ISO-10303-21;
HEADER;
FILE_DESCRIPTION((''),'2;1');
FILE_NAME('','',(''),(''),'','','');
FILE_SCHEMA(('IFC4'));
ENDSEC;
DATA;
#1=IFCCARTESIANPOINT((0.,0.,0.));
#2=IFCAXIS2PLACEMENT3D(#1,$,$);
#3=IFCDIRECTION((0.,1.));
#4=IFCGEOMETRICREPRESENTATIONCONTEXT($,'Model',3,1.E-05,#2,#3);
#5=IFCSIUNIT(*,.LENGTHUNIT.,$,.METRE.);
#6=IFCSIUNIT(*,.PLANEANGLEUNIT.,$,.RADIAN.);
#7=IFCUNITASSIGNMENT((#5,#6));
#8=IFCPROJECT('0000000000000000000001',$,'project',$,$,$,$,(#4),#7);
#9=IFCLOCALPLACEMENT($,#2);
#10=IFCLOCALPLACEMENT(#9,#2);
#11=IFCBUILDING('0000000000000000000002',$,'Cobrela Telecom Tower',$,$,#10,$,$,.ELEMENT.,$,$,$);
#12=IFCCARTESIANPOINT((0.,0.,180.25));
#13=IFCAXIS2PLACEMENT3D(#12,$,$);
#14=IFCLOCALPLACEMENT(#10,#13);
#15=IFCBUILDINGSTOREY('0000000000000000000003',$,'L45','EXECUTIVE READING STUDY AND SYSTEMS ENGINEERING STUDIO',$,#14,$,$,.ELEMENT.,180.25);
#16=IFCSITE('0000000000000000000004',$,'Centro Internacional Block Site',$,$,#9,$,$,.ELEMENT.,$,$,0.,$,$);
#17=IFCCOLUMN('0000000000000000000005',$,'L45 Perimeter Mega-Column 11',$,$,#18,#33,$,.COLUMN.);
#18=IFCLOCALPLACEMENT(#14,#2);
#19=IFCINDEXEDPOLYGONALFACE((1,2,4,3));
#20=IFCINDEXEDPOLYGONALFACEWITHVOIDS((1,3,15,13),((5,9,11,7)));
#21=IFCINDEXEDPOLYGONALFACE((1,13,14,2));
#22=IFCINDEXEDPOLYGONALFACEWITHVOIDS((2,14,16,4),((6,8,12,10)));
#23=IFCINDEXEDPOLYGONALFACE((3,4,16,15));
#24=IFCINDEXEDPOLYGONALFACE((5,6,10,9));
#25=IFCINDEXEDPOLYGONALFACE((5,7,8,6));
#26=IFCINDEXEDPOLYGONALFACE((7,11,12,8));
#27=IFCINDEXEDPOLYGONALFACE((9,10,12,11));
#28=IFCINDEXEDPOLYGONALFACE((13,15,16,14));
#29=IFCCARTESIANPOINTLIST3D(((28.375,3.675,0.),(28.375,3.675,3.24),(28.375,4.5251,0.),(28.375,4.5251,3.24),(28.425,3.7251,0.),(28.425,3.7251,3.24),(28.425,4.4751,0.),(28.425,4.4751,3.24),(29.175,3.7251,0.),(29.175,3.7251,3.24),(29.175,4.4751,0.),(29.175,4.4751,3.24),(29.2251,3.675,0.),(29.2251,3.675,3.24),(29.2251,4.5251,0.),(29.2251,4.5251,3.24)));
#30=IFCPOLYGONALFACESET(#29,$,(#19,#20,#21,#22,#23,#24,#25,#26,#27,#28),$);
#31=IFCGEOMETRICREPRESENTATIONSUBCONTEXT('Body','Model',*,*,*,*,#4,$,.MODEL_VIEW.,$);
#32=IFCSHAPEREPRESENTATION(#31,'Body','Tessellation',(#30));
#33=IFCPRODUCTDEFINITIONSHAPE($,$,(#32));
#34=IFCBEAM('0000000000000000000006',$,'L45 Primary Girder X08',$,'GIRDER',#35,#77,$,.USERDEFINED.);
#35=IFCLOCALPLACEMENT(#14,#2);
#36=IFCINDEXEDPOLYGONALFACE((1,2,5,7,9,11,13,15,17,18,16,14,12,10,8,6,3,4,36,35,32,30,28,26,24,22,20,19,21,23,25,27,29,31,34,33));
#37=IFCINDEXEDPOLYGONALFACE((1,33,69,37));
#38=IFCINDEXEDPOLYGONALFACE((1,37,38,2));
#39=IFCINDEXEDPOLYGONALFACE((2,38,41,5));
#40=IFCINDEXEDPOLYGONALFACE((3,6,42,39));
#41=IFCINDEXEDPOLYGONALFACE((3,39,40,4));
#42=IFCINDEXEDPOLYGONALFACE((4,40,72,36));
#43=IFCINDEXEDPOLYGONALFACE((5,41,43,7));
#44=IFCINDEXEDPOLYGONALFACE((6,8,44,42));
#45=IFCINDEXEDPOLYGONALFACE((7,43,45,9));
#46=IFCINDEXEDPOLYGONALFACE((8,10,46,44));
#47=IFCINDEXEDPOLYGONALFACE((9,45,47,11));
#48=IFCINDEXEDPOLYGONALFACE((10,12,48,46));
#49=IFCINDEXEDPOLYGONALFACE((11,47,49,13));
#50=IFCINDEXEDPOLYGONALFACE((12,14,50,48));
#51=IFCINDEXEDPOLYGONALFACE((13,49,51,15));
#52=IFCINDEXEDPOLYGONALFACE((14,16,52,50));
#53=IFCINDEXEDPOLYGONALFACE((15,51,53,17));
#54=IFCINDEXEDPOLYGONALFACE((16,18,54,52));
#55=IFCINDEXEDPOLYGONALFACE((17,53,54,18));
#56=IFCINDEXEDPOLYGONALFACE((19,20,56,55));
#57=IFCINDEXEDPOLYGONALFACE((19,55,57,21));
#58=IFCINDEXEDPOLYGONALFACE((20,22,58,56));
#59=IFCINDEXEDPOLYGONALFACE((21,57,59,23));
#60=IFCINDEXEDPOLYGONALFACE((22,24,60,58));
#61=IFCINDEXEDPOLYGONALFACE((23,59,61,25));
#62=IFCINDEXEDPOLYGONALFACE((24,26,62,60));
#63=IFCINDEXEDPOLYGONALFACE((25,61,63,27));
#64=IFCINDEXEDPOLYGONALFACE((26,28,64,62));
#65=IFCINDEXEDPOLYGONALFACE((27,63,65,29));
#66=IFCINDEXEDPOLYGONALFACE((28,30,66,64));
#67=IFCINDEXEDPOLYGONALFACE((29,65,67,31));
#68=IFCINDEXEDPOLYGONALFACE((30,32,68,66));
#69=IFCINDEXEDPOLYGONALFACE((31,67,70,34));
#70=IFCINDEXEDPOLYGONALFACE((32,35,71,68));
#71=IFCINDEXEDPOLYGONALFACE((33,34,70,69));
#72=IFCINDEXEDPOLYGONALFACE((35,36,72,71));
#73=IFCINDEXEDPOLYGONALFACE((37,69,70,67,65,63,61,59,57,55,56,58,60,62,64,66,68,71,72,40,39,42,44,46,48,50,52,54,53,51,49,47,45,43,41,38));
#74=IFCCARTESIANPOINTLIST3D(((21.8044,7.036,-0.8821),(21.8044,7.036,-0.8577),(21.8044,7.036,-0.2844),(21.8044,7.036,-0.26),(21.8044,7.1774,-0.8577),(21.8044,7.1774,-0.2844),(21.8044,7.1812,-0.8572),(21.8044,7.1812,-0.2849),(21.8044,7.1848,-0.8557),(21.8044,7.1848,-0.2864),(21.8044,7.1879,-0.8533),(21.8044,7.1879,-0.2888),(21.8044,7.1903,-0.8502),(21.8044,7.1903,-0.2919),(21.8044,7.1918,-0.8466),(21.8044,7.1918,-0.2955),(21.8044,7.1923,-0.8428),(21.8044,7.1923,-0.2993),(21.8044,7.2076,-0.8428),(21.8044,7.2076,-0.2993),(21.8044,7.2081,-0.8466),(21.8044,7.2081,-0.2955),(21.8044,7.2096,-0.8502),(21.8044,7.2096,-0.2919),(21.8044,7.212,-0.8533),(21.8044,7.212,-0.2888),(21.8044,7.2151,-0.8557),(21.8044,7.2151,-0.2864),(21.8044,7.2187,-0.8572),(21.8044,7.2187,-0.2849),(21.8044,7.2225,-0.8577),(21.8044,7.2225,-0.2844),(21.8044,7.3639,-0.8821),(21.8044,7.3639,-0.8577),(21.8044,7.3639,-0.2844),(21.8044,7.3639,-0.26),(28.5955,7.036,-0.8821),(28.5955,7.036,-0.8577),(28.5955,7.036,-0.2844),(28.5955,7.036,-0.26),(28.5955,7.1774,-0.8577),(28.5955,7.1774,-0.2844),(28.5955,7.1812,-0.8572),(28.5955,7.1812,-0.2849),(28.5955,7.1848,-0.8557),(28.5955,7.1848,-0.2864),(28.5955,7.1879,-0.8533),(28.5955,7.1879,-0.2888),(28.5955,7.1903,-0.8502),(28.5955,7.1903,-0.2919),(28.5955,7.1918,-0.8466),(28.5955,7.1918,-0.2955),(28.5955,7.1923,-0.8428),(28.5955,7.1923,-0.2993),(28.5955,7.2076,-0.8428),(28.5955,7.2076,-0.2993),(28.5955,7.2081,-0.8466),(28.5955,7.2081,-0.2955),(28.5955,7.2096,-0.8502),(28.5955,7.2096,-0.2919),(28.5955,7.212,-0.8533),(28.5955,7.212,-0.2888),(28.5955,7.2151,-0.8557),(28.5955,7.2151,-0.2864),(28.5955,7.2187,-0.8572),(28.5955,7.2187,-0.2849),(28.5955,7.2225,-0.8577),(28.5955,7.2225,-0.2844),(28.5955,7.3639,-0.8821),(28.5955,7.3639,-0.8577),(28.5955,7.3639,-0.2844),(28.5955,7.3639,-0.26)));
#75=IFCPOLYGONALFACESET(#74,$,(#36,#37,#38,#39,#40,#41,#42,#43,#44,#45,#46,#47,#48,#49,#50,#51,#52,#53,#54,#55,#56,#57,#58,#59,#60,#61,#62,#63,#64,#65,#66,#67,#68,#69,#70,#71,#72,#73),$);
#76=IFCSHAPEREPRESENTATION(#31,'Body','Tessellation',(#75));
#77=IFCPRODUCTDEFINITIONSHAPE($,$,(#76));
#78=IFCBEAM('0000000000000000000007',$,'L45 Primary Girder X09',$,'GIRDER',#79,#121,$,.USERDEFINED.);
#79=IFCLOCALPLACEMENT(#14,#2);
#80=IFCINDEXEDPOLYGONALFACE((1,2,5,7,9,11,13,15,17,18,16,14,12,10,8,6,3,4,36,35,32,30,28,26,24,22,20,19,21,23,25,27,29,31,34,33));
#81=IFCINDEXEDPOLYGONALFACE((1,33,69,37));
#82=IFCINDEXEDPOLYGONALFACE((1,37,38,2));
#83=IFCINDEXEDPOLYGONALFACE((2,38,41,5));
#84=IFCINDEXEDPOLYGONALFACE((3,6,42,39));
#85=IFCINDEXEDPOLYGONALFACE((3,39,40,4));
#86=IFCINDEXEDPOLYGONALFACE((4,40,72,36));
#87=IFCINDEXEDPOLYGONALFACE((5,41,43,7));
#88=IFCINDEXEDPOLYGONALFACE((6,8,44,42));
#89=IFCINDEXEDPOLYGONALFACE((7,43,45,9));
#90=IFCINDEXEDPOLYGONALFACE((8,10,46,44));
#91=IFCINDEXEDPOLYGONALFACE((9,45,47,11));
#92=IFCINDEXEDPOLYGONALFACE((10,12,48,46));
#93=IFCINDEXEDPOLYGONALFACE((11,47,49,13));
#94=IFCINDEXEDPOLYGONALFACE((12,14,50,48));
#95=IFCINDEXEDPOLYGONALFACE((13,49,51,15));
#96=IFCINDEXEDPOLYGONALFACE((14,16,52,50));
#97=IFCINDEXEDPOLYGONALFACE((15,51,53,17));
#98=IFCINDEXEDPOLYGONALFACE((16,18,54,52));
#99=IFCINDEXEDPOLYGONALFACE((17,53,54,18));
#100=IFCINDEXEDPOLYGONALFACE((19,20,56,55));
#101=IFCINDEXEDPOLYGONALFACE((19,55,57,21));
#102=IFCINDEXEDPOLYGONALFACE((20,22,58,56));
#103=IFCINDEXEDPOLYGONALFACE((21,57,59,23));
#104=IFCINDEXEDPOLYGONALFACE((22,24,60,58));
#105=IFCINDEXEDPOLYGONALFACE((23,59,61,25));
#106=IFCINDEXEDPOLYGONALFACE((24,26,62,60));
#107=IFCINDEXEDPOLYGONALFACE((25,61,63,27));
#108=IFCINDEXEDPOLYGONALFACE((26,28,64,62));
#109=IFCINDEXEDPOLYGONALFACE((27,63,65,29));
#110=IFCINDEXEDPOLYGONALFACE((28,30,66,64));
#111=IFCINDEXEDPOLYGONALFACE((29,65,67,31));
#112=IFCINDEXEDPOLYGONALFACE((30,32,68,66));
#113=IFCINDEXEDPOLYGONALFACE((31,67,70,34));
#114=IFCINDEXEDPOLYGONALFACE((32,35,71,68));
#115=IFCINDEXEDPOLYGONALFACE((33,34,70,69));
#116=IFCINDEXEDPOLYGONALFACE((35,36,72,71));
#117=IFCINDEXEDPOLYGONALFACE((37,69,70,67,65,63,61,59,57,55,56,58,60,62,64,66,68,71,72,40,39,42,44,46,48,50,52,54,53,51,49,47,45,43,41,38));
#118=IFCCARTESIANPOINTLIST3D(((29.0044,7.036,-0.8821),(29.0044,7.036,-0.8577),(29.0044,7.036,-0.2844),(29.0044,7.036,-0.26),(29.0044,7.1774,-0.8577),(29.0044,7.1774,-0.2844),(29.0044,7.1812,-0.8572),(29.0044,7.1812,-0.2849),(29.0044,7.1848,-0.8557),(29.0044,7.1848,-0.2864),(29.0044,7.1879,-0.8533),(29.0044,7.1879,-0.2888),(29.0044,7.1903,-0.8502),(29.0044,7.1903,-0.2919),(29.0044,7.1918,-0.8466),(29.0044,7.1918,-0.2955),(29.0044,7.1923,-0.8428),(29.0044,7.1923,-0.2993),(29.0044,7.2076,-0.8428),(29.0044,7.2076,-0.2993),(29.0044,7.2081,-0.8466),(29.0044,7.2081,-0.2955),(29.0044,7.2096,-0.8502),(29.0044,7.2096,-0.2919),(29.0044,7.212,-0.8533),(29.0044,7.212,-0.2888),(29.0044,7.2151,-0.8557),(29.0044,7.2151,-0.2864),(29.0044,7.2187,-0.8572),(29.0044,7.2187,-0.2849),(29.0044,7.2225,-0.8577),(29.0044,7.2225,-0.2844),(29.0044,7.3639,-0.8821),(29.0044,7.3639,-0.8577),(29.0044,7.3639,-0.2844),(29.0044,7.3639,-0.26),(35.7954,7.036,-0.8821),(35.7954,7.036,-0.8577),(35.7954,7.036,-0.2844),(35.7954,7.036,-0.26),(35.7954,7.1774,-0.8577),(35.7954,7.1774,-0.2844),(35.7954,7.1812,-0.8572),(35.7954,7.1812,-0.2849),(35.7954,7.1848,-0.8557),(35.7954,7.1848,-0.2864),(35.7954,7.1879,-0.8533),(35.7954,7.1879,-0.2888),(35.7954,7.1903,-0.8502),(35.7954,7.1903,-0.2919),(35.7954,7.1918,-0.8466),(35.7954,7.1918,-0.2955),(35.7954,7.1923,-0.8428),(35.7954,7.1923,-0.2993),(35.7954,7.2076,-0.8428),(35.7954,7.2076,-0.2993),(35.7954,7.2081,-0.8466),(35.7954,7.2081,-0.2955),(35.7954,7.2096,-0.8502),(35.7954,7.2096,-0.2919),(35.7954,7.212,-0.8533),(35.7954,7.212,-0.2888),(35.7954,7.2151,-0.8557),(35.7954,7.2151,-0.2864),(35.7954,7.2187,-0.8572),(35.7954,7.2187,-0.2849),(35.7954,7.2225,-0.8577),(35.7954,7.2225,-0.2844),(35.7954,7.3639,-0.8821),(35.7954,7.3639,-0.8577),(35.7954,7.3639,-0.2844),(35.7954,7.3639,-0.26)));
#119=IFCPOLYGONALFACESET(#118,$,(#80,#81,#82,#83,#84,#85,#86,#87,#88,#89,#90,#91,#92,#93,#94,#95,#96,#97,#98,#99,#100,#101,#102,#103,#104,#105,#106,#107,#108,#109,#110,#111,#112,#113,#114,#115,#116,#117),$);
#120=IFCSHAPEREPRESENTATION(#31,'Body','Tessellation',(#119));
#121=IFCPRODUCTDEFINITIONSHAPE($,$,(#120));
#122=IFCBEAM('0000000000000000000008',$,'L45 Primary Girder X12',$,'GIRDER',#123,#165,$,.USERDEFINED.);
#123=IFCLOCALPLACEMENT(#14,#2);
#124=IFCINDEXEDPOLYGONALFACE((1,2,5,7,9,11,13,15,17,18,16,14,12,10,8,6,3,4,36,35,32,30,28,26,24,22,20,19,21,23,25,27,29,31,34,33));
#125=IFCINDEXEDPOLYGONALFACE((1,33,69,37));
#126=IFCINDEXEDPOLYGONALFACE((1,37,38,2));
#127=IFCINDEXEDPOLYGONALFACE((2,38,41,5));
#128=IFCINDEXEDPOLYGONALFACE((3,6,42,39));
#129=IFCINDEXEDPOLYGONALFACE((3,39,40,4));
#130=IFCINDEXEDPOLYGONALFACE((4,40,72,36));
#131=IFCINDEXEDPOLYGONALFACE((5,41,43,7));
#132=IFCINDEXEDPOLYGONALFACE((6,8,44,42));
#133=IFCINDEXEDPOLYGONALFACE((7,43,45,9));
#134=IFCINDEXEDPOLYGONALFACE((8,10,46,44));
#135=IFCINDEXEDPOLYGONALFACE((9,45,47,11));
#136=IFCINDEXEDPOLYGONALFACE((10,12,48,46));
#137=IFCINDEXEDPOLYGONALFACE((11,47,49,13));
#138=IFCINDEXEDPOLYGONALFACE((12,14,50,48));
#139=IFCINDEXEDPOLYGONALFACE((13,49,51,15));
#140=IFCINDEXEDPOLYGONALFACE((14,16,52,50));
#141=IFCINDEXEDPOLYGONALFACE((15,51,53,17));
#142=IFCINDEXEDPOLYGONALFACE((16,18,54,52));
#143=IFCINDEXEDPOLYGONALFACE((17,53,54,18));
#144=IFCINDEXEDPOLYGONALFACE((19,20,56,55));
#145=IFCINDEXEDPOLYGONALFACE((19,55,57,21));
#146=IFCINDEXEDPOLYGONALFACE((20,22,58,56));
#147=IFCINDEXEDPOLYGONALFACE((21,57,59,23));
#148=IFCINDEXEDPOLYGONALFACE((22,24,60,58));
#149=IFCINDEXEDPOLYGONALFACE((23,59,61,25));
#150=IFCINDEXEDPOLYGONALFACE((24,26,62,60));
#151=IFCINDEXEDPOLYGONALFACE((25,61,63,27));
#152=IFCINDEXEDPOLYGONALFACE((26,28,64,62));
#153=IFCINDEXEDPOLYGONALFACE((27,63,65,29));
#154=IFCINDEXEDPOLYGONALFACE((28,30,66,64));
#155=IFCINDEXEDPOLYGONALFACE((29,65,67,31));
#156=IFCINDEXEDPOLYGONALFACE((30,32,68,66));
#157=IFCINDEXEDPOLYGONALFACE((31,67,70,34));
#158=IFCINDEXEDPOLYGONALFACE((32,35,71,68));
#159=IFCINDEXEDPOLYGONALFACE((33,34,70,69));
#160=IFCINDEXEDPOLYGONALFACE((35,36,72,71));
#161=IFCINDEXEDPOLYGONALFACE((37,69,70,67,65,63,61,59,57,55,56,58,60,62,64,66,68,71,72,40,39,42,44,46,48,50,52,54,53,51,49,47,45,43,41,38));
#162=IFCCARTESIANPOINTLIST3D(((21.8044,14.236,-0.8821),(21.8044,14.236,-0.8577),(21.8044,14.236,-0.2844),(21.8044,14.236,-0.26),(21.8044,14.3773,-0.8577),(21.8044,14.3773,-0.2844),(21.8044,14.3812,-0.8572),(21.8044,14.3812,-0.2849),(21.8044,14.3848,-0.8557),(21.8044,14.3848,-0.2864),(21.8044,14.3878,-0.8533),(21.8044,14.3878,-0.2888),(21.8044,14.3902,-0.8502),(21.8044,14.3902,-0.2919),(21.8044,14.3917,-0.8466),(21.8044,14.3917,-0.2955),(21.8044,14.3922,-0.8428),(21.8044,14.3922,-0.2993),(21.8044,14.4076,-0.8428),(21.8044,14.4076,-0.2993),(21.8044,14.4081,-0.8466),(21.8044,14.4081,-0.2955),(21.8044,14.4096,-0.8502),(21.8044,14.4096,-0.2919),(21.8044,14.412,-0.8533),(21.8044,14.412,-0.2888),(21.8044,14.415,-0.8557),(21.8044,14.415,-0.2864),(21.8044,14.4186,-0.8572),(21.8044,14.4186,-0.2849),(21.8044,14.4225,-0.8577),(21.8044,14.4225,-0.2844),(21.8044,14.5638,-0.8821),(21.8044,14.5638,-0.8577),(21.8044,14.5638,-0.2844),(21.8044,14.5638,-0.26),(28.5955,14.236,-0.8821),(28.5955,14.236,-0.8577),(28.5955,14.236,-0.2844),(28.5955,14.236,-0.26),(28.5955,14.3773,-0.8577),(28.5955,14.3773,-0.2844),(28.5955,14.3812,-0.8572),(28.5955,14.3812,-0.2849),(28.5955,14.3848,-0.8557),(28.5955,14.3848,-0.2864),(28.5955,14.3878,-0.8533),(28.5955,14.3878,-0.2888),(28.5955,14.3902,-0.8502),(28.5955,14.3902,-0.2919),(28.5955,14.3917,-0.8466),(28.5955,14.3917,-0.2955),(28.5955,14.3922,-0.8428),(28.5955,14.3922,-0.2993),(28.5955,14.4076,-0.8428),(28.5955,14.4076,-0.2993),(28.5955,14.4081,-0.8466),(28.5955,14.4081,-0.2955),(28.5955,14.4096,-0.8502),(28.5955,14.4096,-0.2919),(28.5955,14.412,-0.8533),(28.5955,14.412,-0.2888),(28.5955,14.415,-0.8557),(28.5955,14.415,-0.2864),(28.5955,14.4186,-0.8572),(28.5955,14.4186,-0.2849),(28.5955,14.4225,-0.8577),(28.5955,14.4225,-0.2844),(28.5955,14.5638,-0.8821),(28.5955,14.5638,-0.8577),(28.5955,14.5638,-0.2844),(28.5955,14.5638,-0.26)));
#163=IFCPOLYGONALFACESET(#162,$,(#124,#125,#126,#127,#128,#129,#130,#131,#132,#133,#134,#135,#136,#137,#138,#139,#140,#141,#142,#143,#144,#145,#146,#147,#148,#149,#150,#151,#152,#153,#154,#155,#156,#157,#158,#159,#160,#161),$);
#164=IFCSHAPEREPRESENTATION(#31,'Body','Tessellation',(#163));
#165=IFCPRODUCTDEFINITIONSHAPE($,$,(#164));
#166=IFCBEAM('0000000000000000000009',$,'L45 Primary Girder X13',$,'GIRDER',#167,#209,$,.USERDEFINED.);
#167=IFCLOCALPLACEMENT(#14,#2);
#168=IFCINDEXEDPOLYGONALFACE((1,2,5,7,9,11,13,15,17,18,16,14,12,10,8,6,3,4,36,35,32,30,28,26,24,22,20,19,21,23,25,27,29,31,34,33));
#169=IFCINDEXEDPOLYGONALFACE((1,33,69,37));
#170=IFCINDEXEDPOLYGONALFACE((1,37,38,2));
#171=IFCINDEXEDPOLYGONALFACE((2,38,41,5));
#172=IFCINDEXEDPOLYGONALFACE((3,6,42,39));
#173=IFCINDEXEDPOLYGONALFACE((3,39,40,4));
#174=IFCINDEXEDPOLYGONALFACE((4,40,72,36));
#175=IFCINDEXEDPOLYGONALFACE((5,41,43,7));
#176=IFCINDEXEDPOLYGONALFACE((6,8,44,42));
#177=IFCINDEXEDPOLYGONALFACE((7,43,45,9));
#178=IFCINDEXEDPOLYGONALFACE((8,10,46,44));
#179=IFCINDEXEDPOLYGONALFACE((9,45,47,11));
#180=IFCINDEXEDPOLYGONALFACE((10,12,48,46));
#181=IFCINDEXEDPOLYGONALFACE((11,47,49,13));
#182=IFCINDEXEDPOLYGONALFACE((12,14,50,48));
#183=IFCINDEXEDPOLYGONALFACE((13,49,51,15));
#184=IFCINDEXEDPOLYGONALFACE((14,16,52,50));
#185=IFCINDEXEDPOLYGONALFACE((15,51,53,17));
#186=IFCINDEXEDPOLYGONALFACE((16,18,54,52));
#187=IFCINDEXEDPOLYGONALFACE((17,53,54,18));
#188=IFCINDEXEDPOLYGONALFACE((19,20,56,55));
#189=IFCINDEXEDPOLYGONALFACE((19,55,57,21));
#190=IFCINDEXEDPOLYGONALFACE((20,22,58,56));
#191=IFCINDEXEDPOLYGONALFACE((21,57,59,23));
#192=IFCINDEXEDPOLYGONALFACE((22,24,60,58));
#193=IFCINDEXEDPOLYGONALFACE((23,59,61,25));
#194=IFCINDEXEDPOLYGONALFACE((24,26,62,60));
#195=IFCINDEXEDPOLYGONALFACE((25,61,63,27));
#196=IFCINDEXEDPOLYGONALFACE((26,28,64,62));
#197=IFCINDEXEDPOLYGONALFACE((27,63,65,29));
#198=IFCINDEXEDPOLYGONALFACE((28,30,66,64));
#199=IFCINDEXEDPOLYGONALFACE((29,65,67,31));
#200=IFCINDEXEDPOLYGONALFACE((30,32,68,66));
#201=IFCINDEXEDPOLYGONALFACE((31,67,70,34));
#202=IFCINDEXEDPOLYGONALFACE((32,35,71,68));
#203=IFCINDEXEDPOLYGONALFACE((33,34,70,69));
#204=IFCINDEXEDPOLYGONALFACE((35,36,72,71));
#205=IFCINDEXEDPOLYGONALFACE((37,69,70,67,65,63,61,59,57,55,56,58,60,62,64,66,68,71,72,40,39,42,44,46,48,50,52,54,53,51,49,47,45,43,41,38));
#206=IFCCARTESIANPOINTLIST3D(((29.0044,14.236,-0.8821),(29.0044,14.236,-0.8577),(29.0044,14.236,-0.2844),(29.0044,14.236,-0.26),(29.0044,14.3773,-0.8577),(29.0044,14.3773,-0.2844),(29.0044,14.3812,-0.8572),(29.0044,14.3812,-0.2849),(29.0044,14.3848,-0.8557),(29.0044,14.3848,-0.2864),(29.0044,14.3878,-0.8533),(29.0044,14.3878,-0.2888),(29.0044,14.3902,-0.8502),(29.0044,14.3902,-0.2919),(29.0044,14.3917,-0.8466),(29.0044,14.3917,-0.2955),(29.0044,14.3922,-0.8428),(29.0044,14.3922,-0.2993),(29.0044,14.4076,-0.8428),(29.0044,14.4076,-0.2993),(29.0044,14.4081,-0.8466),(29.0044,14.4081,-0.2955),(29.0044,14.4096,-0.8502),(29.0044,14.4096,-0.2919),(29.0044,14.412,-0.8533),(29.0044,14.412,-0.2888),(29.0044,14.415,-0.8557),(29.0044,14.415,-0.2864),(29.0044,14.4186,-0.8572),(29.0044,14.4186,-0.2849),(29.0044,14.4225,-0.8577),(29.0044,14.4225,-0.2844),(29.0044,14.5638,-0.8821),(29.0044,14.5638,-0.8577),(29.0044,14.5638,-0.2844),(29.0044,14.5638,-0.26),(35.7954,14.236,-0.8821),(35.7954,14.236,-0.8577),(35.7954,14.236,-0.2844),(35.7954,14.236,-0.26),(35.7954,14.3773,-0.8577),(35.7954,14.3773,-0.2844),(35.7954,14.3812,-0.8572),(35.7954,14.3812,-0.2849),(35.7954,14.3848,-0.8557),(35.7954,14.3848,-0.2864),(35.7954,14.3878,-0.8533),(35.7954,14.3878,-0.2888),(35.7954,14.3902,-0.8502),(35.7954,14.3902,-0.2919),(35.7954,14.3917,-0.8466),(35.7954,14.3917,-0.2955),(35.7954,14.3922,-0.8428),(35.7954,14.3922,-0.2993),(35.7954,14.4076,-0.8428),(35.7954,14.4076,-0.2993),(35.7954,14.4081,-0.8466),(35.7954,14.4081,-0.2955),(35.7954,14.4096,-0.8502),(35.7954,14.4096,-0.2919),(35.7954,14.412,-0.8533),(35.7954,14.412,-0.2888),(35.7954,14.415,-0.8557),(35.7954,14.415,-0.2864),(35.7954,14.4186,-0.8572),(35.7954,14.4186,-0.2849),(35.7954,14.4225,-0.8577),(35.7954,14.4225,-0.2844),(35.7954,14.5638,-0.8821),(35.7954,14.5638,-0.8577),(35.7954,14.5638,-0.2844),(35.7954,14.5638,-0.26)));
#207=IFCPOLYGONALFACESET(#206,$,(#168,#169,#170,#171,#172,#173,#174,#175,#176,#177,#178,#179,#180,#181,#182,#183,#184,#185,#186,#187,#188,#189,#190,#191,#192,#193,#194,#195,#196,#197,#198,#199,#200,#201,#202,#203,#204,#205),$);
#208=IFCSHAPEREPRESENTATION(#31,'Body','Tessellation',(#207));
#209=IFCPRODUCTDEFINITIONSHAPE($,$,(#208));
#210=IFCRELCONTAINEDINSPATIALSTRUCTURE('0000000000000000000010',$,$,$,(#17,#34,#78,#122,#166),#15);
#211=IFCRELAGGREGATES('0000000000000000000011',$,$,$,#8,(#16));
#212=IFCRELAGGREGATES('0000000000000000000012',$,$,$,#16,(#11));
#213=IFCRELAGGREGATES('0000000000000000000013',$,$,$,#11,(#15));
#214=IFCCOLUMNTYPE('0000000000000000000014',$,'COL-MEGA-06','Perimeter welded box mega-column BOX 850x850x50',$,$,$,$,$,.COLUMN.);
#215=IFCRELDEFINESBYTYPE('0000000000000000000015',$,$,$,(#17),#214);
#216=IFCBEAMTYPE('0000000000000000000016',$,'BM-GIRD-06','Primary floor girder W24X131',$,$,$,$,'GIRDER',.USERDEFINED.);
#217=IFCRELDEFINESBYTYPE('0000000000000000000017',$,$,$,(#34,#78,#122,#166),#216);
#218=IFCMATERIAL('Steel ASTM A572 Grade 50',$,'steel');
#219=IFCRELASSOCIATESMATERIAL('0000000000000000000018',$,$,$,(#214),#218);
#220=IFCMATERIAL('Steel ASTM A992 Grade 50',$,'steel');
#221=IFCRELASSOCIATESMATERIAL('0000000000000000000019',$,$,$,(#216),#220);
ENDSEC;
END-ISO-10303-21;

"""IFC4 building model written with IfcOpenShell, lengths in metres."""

from ifc_helpers import new_model, si_unit, direction, frame, origin, origin_2d, place, context, subcontext, project, spatial, hollow_rectangle, i_section, extrude, material, material_profile, profile_set, type_object, element, save


model = new_model("IFC4")

# Units and contexts
model_context = context("Model", 3, precision=1e-05, world=origin(), true_north=direction((0.0, 1.0)))
body_context = subcontext(model_context, "Body", "Model", "MODEL_VIEW")
ifc_project = project(units=[si_unit("LENGTHUNIT", "METRE"), si_unit("PLANEANGLEUNIT", "RADIAN")], contexts=[model_context])

# Site, building, storey
site_placement = place(None, origin())
site = spatial("IfcSite", under=ifc_project, at=site_placement, Name="Centro Internacional Block Site", CompositionType="ELEMENT", RefElevation=0.0)
building_placement = place(site_placement, origin())
building = spatial("IfcBuilding", under=site, at=building_placement, Name="Cobrela Telecom Tower", CompositionType="ELEMENT")
storey_placement = place(building_placement, frame((0.0, 0.0, 180.25)))
storey = spatial("IfcBuildingStorey", under=building, at=storey_placement, Name="L45", Description="EXECUTIVE READING STUDY AND SYSTEMS ENGINEERING STUDIO", CompositionType="ELEMENT", Elevation=180.25)

# Column
ifc_material_1 = material(Name="Steel ASTM A992 Grade 50", Category="steel")
ifc_material_2 = material(Name="Steel ASTM A572 Grade 50", Category="steel")
ifc_material_profile_1 = material_profile(ifc_material_2, hollow_rectangle(XDim=0.8501, YDim=0.8501, WallThickness=0.05, at=origin_2d()), Name="BOX 850x850x50")
ifc_profile_set_1 = profile_set([ifc_material_profile_1], Name="Steel ASTM A572 Grade 50")
column_type_1 = type_object("IfcColumnType", Name="COL-MEGA-06", Description="Perimeter welded box mega-column BOX 850x850x50", PredefinedType="COLUMN", material=ifc_profile_set_1)
for number, where, z_axis, x_axis, name in (
    (1, (28.8, 4.1001, 0.0), (0.0, 0.0, 1.0), (1.0, 0.0, 0.0), "L45 Perimeter Mega-Column 11"),
):
    element("IfcColumn", number, at=place(storey_placement, frame(where, z_axis=z_axis, x_axis=x_axis)), inside=storey, type_object=column_type_1, Name=name, PredefinedType="COLUMN", context=body_context, shape_type="SweptSolid", body=[
        extrude(hollow_rectangle(XDim=0.8501, YDim=0.8501, WallThickness=0.05, at=origin_2d()), origin(), (0.0, 0.0, 1.0), 3.24),
    ])

# Beams
ifc_material_profile_2 = material_profile(ifc_material_1, i_section(OverallWidth=0.3279, OverallDepth=0.6221, WebThickness=0.0154, FlangeThickness=0.0244, FilletRadius=0.0149, at=origin_2d()), Name="W24X131")
ifc_profile_set_2 = profile_set([ifc_material_profile_2], Name="Steel ASTM A992 Grade 50")
beam_type_1 = type_object("IfcBeamType", Name="BM-GIRD-06", Description="Primary floor girder W24X131", ElementType="GIRDER", PredefinedType="USERDEFINED", material=ifc_profile_set_2)
for number, where, z_axis, x_axis, name in (
    (2, (21.8044, 7.2, -0.571), (1.0, 0.0, 0.0), (0.0, 1.0, 0.0), "L45 Primary Girder X08"),
    (3, (29.0044, 7.2, -0.571), (1.0, 0.0, 0.0), (0.0, 1.0, 0.0), "L45 Primary Girder X09"),
    (4, (21.8044, 14.3999, -0.571), (1.0, 0.0, 0.0), (0.0, 1.0, 0.0), "L45 Primary Girder X12"),
    (5, (29.0044, 14.3999, -0.571), (1.0, 0.0, 0.0), (0.0, 1.0, 0.0), "L45 Primary Girder X13"),
):
    element("IfcBeam", number, at=place(storey_placement, frame(where, z_axis=z_axis, x_axis=x_axis)), inside=storey, type_object=beam_type_1, Name=name, ObjectType="GIRDER", PredefinedType="USERDEFINED", context=body_context, shape_type="SweptSolid", body=[
        extrude(i_section(OverallWidth=0.3279, OverallDepth=0.6221, WebThickness=0.0154, FlangeThickness=0.0244, FilletRadius=0.0149, at=origin_2d()), origin(), (0.0, 0.0, 1.0), 6.791),
    ])

save(model, "model.ifc")
